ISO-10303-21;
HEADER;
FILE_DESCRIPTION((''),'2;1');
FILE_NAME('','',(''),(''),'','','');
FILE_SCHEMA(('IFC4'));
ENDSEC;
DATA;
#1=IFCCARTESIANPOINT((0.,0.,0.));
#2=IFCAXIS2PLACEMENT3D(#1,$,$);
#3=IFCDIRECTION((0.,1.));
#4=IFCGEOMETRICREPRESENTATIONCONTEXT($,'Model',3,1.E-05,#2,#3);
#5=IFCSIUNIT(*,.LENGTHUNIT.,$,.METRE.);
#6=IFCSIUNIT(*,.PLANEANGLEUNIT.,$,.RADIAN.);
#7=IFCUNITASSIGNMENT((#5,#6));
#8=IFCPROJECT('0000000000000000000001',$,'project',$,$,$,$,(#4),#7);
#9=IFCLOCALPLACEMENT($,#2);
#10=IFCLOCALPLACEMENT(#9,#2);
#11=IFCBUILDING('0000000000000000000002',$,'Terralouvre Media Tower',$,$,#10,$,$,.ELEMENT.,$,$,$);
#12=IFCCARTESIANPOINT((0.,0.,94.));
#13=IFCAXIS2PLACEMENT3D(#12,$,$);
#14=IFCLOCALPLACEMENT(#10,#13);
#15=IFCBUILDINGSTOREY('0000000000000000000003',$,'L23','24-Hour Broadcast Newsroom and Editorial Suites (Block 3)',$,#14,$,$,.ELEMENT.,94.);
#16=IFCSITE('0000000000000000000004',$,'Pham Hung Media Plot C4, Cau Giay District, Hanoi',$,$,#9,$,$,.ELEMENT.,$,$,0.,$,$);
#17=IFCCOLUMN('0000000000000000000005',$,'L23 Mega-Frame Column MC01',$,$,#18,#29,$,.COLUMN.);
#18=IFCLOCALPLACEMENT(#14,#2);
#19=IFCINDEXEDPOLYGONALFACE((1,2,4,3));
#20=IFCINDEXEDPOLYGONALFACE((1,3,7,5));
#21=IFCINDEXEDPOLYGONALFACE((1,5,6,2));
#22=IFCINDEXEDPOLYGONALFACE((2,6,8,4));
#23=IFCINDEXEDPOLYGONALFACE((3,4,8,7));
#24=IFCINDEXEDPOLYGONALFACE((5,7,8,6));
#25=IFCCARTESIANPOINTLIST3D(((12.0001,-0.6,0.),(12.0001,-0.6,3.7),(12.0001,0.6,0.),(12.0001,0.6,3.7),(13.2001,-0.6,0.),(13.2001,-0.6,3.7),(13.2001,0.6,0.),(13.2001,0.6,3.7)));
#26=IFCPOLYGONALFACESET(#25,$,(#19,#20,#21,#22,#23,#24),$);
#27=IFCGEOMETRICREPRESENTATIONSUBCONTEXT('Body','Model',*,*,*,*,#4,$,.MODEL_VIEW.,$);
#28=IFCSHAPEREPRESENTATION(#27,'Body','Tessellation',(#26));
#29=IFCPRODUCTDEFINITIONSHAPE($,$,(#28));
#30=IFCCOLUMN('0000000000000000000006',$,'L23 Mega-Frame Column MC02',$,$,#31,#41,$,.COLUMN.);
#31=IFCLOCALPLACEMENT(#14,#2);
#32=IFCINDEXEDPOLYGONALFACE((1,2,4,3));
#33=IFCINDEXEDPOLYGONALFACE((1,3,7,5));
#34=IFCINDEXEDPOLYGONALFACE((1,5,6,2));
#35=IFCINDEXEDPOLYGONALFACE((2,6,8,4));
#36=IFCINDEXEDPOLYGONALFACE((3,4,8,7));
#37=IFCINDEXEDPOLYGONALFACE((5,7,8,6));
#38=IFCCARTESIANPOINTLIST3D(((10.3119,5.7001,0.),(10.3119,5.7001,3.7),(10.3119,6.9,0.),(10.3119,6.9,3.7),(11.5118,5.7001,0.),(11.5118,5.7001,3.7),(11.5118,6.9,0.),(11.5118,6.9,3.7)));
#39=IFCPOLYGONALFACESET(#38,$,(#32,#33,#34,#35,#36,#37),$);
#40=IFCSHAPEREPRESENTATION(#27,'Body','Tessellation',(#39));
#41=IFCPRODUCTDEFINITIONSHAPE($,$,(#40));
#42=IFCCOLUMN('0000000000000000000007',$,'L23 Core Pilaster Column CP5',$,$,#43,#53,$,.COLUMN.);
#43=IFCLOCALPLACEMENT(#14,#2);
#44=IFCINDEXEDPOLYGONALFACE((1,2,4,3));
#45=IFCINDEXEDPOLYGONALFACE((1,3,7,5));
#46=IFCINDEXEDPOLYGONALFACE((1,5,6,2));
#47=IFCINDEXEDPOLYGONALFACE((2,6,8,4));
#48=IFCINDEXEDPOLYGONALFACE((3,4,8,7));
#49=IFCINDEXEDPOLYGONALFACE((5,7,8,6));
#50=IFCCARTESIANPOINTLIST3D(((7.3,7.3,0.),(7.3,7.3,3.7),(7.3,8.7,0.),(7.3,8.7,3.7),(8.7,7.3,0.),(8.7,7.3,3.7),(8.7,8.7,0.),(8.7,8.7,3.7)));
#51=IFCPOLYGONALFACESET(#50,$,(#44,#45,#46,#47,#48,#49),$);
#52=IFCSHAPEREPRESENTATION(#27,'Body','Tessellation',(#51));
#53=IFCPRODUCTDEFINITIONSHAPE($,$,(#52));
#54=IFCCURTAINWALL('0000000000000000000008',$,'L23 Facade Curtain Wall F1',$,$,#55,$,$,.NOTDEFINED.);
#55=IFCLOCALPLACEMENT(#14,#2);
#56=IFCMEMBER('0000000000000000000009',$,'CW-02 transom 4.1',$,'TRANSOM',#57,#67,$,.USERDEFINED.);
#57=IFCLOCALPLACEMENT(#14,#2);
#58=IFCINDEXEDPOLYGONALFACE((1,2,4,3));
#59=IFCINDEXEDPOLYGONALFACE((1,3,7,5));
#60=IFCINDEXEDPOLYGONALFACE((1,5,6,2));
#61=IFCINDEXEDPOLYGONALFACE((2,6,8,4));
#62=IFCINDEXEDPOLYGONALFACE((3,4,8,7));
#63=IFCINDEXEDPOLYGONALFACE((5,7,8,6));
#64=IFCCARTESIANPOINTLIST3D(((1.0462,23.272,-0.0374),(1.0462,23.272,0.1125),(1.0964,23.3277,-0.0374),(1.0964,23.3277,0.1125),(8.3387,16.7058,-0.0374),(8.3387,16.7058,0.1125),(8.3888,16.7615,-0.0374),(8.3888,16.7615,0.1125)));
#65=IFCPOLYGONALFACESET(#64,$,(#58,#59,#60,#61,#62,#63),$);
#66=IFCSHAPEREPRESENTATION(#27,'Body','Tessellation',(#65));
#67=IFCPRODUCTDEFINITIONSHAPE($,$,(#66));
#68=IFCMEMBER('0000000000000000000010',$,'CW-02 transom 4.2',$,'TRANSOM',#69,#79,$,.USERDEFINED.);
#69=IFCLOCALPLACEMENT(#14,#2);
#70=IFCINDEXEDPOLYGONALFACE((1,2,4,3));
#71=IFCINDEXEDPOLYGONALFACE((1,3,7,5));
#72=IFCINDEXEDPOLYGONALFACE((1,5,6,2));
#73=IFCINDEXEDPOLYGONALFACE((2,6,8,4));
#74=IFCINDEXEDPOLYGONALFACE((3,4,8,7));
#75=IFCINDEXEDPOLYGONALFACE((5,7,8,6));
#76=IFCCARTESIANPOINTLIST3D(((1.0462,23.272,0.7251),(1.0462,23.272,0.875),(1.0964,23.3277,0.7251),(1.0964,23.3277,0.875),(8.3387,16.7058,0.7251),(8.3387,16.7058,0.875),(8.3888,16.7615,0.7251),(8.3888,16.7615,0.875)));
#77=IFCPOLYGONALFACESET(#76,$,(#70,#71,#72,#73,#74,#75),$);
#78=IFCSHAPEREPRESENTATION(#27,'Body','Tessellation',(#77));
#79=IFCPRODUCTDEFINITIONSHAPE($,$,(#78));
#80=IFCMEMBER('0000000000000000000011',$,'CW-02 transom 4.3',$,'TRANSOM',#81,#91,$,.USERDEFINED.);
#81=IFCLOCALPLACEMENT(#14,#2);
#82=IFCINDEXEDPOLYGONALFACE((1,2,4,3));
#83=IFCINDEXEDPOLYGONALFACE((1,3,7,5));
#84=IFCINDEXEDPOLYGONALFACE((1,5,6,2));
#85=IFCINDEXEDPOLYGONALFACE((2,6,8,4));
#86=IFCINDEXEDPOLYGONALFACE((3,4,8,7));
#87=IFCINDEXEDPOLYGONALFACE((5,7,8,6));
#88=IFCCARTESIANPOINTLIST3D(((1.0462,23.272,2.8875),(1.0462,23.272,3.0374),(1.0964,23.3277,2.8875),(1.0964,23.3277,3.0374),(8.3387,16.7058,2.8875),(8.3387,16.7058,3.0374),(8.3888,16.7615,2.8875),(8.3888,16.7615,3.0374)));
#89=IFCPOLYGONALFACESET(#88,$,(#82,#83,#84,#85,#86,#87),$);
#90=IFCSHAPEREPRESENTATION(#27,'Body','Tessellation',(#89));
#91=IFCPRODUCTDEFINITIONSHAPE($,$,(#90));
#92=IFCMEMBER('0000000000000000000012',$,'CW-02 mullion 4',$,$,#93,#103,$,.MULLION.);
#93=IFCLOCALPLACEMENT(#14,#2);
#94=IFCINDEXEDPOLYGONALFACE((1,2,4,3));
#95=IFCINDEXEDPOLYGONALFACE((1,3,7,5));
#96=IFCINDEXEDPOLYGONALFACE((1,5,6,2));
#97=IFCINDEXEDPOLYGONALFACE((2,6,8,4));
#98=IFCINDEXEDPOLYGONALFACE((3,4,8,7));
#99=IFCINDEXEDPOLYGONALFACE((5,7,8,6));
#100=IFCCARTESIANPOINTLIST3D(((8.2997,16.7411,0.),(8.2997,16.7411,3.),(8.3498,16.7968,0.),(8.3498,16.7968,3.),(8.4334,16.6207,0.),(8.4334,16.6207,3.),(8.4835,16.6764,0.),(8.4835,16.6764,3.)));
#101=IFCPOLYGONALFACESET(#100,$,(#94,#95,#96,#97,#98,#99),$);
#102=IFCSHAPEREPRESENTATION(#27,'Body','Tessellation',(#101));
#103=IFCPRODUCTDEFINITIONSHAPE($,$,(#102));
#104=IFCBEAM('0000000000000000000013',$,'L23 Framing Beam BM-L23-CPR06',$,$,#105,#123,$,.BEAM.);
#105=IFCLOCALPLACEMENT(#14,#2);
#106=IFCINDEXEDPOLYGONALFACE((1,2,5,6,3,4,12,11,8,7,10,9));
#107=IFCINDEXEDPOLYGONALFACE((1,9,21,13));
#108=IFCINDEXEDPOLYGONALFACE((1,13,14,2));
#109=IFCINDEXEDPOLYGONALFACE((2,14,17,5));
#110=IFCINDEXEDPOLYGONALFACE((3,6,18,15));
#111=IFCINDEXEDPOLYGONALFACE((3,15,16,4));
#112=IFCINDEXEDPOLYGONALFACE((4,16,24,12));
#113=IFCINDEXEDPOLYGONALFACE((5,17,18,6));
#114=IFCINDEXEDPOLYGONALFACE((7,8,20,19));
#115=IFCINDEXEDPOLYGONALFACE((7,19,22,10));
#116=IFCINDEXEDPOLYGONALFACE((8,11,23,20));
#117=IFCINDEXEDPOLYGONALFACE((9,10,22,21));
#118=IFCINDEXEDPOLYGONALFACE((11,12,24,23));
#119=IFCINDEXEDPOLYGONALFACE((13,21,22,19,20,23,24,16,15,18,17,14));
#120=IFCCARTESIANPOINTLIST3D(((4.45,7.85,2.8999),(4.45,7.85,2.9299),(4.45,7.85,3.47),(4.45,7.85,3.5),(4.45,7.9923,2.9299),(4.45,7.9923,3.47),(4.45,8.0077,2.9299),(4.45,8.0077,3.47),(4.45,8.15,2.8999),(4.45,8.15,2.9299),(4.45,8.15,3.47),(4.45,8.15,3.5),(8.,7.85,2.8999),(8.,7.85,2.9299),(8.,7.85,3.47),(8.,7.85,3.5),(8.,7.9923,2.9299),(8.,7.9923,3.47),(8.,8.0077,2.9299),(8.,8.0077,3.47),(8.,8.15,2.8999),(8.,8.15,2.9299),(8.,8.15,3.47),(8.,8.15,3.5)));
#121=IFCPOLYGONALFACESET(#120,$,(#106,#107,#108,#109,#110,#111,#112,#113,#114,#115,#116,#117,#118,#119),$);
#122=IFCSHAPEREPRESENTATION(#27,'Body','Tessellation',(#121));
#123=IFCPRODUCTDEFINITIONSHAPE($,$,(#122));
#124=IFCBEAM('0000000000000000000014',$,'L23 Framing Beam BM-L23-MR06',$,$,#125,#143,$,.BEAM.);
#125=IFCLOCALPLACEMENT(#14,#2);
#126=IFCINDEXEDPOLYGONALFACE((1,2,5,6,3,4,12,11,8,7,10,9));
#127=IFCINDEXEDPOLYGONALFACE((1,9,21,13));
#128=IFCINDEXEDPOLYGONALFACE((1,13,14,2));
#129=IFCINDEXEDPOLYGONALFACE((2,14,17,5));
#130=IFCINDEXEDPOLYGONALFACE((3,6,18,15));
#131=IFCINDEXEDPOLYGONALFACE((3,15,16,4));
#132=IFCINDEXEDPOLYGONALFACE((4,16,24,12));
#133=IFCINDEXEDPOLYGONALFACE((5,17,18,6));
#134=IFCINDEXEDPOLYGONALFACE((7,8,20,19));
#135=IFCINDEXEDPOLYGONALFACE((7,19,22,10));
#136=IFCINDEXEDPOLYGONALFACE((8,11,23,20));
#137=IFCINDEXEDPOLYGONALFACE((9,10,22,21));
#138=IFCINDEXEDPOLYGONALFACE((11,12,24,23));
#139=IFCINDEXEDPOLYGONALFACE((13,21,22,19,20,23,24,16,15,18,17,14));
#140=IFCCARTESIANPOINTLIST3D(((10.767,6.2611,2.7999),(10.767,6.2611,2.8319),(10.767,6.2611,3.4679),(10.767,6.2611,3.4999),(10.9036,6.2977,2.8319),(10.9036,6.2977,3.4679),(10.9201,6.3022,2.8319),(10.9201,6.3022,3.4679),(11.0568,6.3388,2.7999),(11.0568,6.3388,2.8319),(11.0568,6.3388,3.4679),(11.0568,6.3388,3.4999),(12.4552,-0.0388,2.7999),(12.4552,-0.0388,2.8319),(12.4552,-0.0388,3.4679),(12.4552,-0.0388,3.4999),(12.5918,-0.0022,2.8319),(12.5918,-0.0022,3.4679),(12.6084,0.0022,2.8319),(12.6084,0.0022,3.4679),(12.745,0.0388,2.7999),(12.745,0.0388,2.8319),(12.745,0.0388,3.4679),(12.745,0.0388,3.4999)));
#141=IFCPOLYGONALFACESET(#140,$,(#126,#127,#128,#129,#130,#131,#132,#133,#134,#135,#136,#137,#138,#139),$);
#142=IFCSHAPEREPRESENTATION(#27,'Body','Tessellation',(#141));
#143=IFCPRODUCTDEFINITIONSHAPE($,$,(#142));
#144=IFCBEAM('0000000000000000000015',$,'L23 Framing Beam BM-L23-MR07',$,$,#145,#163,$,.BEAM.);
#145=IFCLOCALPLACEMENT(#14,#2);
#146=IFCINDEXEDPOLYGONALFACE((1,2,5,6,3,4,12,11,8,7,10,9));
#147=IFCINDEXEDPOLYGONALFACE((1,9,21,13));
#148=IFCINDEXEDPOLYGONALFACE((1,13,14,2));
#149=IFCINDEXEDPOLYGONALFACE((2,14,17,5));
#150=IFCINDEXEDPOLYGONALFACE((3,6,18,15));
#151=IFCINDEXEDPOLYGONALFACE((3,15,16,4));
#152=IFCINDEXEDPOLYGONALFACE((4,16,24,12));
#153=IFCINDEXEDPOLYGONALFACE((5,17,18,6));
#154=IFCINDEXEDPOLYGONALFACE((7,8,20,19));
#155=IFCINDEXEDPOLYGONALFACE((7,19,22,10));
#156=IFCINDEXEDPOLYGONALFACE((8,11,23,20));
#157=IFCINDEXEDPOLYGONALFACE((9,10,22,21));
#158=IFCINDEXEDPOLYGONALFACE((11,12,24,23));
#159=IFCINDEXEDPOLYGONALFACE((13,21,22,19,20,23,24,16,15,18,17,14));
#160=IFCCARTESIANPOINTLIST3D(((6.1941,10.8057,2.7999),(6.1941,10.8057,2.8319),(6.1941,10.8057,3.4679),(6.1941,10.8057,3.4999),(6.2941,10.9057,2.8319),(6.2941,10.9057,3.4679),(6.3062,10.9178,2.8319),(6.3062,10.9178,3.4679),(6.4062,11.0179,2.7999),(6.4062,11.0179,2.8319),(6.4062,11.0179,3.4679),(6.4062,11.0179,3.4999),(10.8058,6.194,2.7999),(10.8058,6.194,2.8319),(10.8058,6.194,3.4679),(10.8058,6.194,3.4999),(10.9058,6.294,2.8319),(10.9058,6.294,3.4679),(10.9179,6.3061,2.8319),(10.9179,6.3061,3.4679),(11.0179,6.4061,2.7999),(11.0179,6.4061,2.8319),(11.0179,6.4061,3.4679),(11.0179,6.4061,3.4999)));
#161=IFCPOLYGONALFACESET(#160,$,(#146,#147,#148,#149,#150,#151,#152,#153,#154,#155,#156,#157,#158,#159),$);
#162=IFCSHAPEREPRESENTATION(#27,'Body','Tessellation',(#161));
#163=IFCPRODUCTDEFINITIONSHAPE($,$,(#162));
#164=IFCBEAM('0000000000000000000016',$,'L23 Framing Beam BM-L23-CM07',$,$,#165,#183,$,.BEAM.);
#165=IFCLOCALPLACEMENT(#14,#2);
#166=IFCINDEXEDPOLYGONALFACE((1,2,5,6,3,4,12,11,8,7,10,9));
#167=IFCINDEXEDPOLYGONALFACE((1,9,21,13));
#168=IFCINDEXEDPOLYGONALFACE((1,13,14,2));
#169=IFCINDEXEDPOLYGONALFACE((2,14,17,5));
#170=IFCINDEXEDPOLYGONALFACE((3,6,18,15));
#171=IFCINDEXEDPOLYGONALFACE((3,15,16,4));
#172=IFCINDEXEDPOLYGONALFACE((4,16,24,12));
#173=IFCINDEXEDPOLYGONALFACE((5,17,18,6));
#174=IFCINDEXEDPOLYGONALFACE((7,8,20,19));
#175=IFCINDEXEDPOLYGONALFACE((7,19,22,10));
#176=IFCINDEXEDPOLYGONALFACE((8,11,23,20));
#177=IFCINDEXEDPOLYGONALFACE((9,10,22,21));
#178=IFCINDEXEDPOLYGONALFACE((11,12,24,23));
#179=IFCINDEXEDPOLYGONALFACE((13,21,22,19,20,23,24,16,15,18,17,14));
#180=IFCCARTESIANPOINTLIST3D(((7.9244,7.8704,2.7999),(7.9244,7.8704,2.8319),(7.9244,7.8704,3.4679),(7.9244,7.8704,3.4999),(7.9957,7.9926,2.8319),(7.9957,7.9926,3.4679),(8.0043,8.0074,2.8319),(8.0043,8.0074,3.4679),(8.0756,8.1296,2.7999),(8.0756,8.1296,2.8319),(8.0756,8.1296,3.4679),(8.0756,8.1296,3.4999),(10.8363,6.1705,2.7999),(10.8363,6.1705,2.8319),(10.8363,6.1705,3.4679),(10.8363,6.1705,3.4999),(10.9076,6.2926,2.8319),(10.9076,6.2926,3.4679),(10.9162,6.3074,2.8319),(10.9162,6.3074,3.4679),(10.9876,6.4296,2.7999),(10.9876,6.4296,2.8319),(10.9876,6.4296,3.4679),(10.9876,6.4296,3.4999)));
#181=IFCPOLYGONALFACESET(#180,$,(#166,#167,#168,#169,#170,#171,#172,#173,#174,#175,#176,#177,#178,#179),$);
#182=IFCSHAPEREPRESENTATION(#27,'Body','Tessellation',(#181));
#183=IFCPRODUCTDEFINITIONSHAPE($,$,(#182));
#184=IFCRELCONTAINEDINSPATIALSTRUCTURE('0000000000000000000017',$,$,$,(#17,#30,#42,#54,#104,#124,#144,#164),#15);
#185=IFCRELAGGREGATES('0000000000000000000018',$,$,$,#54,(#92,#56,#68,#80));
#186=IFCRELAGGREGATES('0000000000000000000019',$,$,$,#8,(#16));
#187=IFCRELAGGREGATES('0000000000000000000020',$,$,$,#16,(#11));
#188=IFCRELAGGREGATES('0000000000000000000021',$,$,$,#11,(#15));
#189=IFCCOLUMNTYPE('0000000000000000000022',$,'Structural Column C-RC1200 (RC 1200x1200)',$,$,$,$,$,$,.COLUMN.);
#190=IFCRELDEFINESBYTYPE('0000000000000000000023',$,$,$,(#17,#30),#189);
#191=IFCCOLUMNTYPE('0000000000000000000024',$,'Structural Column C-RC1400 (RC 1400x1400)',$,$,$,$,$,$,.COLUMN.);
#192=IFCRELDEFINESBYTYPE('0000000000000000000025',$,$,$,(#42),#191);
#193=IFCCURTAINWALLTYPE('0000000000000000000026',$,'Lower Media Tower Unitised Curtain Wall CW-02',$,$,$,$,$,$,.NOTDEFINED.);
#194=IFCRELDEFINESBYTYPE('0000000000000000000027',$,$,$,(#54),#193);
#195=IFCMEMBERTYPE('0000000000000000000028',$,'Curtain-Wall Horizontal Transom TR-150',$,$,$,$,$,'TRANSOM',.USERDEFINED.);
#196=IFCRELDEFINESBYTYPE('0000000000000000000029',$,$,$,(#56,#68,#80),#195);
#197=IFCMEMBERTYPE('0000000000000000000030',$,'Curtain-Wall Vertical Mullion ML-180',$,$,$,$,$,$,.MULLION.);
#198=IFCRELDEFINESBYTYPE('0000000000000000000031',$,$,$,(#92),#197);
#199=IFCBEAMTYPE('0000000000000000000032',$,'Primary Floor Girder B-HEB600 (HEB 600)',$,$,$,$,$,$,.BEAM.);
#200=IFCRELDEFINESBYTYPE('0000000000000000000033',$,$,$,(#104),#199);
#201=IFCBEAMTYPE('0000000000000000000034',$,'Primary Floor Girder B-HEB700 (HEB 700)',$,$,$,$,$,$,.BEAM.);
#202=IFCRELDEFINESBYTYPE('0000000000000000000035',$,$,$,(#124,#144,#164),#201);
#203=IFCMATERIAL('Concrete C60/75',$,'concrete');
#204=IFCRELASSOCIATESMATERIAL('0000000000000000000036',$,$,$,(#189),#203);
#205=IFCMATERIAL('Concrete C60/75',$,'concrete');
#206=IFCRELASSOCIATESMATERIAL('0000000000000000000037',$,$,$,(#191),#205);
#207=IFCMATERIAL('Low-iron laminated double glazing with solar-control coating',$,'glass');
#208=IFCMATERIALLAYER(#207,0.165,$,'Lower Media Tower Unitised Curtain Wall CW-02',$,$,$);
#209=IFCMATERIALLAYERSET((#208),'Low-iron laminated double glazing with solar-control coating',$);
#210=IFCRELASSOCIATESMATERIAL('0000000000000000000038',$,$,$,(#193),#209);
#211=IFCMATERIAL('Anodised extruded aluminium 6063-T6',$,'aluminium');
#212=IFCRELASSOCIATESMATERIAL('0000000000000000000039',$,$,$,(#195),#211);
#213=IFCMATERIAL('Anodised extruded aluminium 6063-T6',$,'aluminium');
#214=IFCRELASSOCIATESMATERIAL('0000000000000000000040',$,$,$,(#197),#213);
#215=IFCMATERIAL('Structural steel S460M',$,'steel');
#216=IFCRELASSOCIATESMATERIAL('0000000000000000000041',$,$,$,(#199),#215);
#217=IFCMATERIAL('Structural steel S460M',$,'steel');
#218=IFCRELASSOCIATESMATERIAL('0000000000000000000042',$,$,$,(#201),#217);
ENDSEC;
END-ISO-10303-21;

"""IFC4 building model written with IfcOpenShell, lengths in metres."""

from ifc_helpers import new_model, si_unit, direction, frame, origin, origin_2d, place, context, subcontext, project, spatial, rectangle, i_section, extrude, material, layer, layer_set, material_profile, profile_set, type_object, element, aggregate, save


model = new_model("IFC4")

# Units and contexts
model_context = context("Model", 3, precision=1e-05, world=origin(), true_north=direction((0.0, 1.0)))
body_context = subcontext(model_context, "Body", "Model", "MODEL_VIEW")
ifc_project = project(units=[si_unit("LENGTHUNIT", "METRE"), si_unit("PLANEANGLEUNIT", "RADIAN")], contexts=[model_context])

# Site, building, storey
site_placement = place(None, origin())
site = spatial("IfcSite", under=ifc_project, at=site_placement, Name="Pham Hung Media Plot C4, Cau Giay District, Hanoi", CompositionType="ELEMENT", RefElevation=0.0)
building_placement = place(site_placement, origin())
building = spatial("IfcBuilding", under=site, at=building_placement, Name="Terralouvre Media Tower", CompositionType="ELEMENT")
storey_placement = place(building_placement, frame((0.0, 0.0, 94.0)))
storey = spatial("IfcBuildingStorey", under=building, at=storey_placement, Name="L23", Description="24-Hour Broadcast Newsroom and Editorial Suites (Block 3)", CompositionType="ELEMENT", Elevation=94.0)

# Columns
ifc_material_1 = material(Name="Concrete C60/75", Category="concrete")
ifc_material_profile_1 = material_profile(ifc_material_1, rectangle(XDim=1.2, YDim=1.2, at=origin_2d()), Name="RC 1200x1200")
ifc_profile_set_1 = profile_set([ifc_material_profile_1], Name="Concrete C60/75")
column_type_1 = type_object("IfcColumnType", Name="Structural Column C-RC1200 (RC 1200x1200)", PredefinedType="COLUMN", material=ifc_profile_set_1)
for number, where, z_axis, x_axis, name in (
    (1, (12.6001, 0.0, 0.0), (0.0, 0.0, 1.0), (1.0, 0.0, 0.0), "L23 Mega-Frame Column MC01"),
    (2, (10.9119, 6.3, 0.0), (0.0, 0.0, 1.0), (1.0, 0.0, 0.0), "L23 Mega-Frame Column MC02"),
):
    element("IfcColumn", number, at=place(storey_placement, frame(where, z_axis=z_axis, x_axis=x_axis)), inside=storey, type_object=column_type_1, Name=name, PredefinedType="COLUMN", context=body_context, shape_type="SweptSolid", body=[
        extrude(rectangle(XDim=1.2, YDim=1.2, at=origin_2d()), origin(), (0.0, 0.0, 1.0), 3.7),
    ])
ifc_material_2 = material(Name="Concrete C60/75", Category="concrete")
ifc_material_profile_2 = material_profile(ifc_material_2, rectangle(XDim=1.3999, YDim=1.3999, at=origin_2d()), Name="RC 1400x1400")
ifc_profile_set_2 = profile_set([ifc_material_profile_2], Name="Concrete C60/75")
column_type_2 = type_object("IfcColumnType", Name="Structural Column C-RC1400 (RC 1400x1400)", PredefinedType="COLUMN", material=ifc_profile_set_2)
column_placement = place(storey_placement, frame((8.0, 8.0, 0.0), z_axis=(0.0, 0.0, 1.0), x_axis=(1.0, 0.0, 0.0)))
element("IfcColumn", 3, at=column_placement, inside=storey, type_object=column_type_2, Name="L23 Core Pilaster Column CP5", PredefinedType="COLUMN", context=body_context, shape_type="SweptSolid", body=[
    extrude(rectangle(XDim=1.3999, YDim=1.3999, at=origin_2d()), origin(), (0.0, 0.0, 1.0), 3.7),
])

# Curtain wall, members
ifc_material_3 = material(Name="Low-iron laminated double glazing with solar-control coating", Category="glass")
ifc_layer_1 = layer(ifc_material_3, 0.165, Name="Lower Media Tower Unitised Curtain Wall CW-02")
ifc_layer_set_1 = layer_set([ifc_layer_1], Name="Low-iron laminated double glazing with solar-control coating")
curtain_wall_type = type_object("IfcCurtainWallType", Name="Lower Media Tower Unitised Curtain Wall CW-02", PredefinedType="NOTDEFINED", material=ifc_layer_set_1)
curtain_wall_placement = place(storey_placement, origin())
curtain_wall = element("IfcCurtainWall", 4, at=curtain_wall_placement, inside=storey, type_object=curtain_wall_type, Name="L23 Facade Curtain Wall F1", PredefinedType="NOTDEFINED")
ifc_material_4 = material(Name="Anodised extruded aluminium 6063-T6", Category="aluminium")
ifc_material_profile_3 = material_profile(ifc_material_4, rectangle(XDim=0.075, YDim=0.1499, at=origin_2d()), Name="ALU 75x150")
ifc_profile_set_3 = profile_set([ifc_material_profile_3], Name="Anodised extruded aluminium 6063-T6")
member_type_1 = type_object("IfcMemberType", Name="Curtain-Wall Horizontal Transom TR-150", ElementType="TRANSOM", PredefinedType="USERDEFINED", material=ifc_profile_set_3)
member_1_placement = place(storey_placement, frame((8.3638, 16.7336, 0.0376), z_axis=(-0.743146, 0.66913, 0.0), x_axis=(-0.66913, -0.743146, 0.0)))
member_1 = element("IfcMember", 5, at=member_1_placement, type_object=member_type_1, Name="CW-02 transom 4.1", ObjectType="TRANSOM", PredefinedType="USERDEFINED", context=body_context, shape_type="SweptSolid", body=[
    extrude(rectangle(XDim=0.075, YDim=0.1499, at=origin_2d()), origin(), (0.0, 0.0, 1.0), 9.813),
])
member_2_placement = place(storey_placement, frame((8.3638, 16.7336, 0.8), z_axis=(-0.743146, 0.66913, 0.0), x_axis=(-0.66913, -0.743146, 0.0)))
member_2 = element("IfcMember", 6, at=member_2_placement, type_object=member_type_1, Name="CW-02 transom 4.2", ObjectType="TRANSOM", PredefinedType="USERDEFINED", context=body_context, shape_type="SweptSolid", body=[
    extrude(rectangle(XDim=0.075, YDim=0.1499, at=origin_2d()), origin(), (0.0, 0.0, 1.0), 9.813),
])
member_3_placement = place(storey_placement, frame((8.3638, 16.7336, 2.9624), z_axis=(-0.743146, 0.66913, 0.0), x_axis=(-0.66913, -0.743146, 0.0)))
member_3 = element("IfcMember", 7, at=member_3_placement, type_object=member_type_1, Name="CW-02 transom 4.3", ObjectType="TRANSOM", PredefinedType="USERDEFINED", context=body_context, shape_type="SweptSolid", body=[
    extrude(rectangle(XDim=0.075, YDim=0.1499, at=origin_2d()), origin(), (0.0, 0.0, 1.0), 9.813),
])
ifc_material_5 = material(Name="Anodised extruded aluminium 6063-T6", Category="aluminium")
ifc_material_profile_4 = material_profile(ifc_material_5, rectangle(XDim=0.075, YDim=0.1799, at=origin_2d()), Name="ALU 75x180")
ifc_profile_set_4 = profile_set([ifc_material_profile_4], Name="Anodised extruded aluminium 6063-T6")
member_type_2 = type_object("IfcMemberType", Name="Curtain-Wall Vertical Mullion ML-180", PredefinedType="MULLION", material=ifc_profile_set_4)
member_4_placement = place(storey_placement, frame((8.3916, 16.7087, 0.0), z_axis=(0.0, 0.0, 1.0), x_axis=(-0.669131, -0.743145, 0.0)))
member_4 = element("IfcMember", 8, at=member_4_placement, type_object=member_type_2, Name="CW-02 mullion 4", PredefinedType="MULLION", context=body_context, shape_type="SweptSolid", body=[
    extrude(rectangle(XDim=0.075, YDim=0.1799, at=origin_2d()), origin(), (0.0, 0.0, 1.0), 3.0),
])

# Beams
ifc_material_6 = material(Name="Structural steel S460M", Category="steel")
ifc_material_profile_5 = material_profile(ifc_material_6, i_section(OverallWidth=0.3, OverallDepth=0.6001, WebThickness=0.0154, FlangeThickness=0.03, at=origin_2d()), Name="HEB 600")
ifc_profile_set_5 = profile_set([ifc_material_profile_5], Name="Structural steel S460M")
beam_type_1 = type_object("IfcBeamType", Name="Primary Floor Girder B-HEB600 (HEB 600)", PredefinedType="BEAM", material=ifc_profile_set_5)
beam_1_placement = place(storey_placement, frame((8.0, 8.0, 3.2), z_axis=(-1.0, 0.0, 0.0), x_axis=(0.0, -1.0, 0.0)))
element("IfcBeam", 9, at=beam_1_placement, inside=storey, type_object=beam_type_1, Name="L23 Framing Beam BM-L23-CPR06", PredefinedType="BEAM", context=body_context, shape_type="SweptSolid", body=[
    extrude(i_section(OverallWidth=0.3, OverallDepth=0.6001, WebThickness=0.0154, FlangeThickness=0.03, at=origin_2d()), origin(), (0.0, 0.0, 1.0), 3.55),
])
ifc_material_7 = material(Name="Structural steel S460M", Category="steel")
ifc_material_profile_6 = material_profile(ifc_material_7, i_section(OverallWidth=0.3, OverallDepth=0.7, WebThickness=0.0171, FlangeThickness=0.032, at=origin_2d()), Name="HEB 700")
ifc_profile_set_6 = profile_set([ifc_material_profile_6], Name="Structural steel S460M")
beam_type_2 = type_object("IfcBeamType", Name="Primary Floor Girder B-HEB700 (HEB 700)", PredefinedType="BEAM", material=ifc_profile_set_6)
beam_2_placement = place(storey_placement, frame((12.6001, 0.0, 3.1499), z_axis=(-0.258839, 0.96592, 0.0), x_axis=(-0.96592, -0.258839, 0.0)))
element("IfcBeam", 10, at=beam_2_placement, inside=storey, type_object=beam_type_2, Name="L23 Framing Beam BM-L23-MR06", PredefinedType="BEAM", context=body_context, shape_type="SweptSolid", body=[
    extrude(i_section(OverallWidth=0.3, OverallDepth=0.7, WebThickness=0.0171, FlangeThickness=0.032, at=origin_2d()), origin(), (0.0, 0.0, 1.0), 6.5222),
])
beam_3_placement = place(storey_placement, frame((10.9119, 6.3, 3.1499), z_axis=(-0.707107, 0.707107, 0.0), x_axis=(-0.707107, -0.707107, 0.0)))
element("IfcBeam", 11, at=beam_3_placement, inside=storey, type_object=beam_type_2, Name="L23 Framing Beam BM-L23-MR07", PredefinedType="BEAM", context=body_context, shape_type="SweptSolid", body=[
    extrude(i_section(OverallWidth=0.3, OverallDepth=0.7, WebThickness=0.0171, FlangeThickness=0.032, at=origin_2d()), origin(), (0.0, 0.0, 1.0), 6.522),
])
for number, where, z_axis, x_axis, name in (
    (12, (8.0, 8.0, 3.1499), (0.863603, -0.504173, 0.0), (0.504173, 0.863603, 0.0), "L23 Framing Beam BM-L23-CM07"),
):
    element("IfcBeam", number, at=place(storey_placement, frame(where, z_axis=z_axis, x_axis=x_axis)), inside=storey, type_object=beam_type_2, Name=name, PredefinedType="BEAM", context=body_context, shape_type="SweptSolid", body=[
        extrude(i_section(OverallWidth=0.3, OverallDepth=0.7, WebThickness=0.0171, FlangeThickness=0.032, at=origin_2d()), origin(), (0.0, 0.0, 1.0), 3.3718),
    ])

aggregate(curtain_wall, [member_4, member_1, member_2, member_3])

save(model, "model.ifc")
